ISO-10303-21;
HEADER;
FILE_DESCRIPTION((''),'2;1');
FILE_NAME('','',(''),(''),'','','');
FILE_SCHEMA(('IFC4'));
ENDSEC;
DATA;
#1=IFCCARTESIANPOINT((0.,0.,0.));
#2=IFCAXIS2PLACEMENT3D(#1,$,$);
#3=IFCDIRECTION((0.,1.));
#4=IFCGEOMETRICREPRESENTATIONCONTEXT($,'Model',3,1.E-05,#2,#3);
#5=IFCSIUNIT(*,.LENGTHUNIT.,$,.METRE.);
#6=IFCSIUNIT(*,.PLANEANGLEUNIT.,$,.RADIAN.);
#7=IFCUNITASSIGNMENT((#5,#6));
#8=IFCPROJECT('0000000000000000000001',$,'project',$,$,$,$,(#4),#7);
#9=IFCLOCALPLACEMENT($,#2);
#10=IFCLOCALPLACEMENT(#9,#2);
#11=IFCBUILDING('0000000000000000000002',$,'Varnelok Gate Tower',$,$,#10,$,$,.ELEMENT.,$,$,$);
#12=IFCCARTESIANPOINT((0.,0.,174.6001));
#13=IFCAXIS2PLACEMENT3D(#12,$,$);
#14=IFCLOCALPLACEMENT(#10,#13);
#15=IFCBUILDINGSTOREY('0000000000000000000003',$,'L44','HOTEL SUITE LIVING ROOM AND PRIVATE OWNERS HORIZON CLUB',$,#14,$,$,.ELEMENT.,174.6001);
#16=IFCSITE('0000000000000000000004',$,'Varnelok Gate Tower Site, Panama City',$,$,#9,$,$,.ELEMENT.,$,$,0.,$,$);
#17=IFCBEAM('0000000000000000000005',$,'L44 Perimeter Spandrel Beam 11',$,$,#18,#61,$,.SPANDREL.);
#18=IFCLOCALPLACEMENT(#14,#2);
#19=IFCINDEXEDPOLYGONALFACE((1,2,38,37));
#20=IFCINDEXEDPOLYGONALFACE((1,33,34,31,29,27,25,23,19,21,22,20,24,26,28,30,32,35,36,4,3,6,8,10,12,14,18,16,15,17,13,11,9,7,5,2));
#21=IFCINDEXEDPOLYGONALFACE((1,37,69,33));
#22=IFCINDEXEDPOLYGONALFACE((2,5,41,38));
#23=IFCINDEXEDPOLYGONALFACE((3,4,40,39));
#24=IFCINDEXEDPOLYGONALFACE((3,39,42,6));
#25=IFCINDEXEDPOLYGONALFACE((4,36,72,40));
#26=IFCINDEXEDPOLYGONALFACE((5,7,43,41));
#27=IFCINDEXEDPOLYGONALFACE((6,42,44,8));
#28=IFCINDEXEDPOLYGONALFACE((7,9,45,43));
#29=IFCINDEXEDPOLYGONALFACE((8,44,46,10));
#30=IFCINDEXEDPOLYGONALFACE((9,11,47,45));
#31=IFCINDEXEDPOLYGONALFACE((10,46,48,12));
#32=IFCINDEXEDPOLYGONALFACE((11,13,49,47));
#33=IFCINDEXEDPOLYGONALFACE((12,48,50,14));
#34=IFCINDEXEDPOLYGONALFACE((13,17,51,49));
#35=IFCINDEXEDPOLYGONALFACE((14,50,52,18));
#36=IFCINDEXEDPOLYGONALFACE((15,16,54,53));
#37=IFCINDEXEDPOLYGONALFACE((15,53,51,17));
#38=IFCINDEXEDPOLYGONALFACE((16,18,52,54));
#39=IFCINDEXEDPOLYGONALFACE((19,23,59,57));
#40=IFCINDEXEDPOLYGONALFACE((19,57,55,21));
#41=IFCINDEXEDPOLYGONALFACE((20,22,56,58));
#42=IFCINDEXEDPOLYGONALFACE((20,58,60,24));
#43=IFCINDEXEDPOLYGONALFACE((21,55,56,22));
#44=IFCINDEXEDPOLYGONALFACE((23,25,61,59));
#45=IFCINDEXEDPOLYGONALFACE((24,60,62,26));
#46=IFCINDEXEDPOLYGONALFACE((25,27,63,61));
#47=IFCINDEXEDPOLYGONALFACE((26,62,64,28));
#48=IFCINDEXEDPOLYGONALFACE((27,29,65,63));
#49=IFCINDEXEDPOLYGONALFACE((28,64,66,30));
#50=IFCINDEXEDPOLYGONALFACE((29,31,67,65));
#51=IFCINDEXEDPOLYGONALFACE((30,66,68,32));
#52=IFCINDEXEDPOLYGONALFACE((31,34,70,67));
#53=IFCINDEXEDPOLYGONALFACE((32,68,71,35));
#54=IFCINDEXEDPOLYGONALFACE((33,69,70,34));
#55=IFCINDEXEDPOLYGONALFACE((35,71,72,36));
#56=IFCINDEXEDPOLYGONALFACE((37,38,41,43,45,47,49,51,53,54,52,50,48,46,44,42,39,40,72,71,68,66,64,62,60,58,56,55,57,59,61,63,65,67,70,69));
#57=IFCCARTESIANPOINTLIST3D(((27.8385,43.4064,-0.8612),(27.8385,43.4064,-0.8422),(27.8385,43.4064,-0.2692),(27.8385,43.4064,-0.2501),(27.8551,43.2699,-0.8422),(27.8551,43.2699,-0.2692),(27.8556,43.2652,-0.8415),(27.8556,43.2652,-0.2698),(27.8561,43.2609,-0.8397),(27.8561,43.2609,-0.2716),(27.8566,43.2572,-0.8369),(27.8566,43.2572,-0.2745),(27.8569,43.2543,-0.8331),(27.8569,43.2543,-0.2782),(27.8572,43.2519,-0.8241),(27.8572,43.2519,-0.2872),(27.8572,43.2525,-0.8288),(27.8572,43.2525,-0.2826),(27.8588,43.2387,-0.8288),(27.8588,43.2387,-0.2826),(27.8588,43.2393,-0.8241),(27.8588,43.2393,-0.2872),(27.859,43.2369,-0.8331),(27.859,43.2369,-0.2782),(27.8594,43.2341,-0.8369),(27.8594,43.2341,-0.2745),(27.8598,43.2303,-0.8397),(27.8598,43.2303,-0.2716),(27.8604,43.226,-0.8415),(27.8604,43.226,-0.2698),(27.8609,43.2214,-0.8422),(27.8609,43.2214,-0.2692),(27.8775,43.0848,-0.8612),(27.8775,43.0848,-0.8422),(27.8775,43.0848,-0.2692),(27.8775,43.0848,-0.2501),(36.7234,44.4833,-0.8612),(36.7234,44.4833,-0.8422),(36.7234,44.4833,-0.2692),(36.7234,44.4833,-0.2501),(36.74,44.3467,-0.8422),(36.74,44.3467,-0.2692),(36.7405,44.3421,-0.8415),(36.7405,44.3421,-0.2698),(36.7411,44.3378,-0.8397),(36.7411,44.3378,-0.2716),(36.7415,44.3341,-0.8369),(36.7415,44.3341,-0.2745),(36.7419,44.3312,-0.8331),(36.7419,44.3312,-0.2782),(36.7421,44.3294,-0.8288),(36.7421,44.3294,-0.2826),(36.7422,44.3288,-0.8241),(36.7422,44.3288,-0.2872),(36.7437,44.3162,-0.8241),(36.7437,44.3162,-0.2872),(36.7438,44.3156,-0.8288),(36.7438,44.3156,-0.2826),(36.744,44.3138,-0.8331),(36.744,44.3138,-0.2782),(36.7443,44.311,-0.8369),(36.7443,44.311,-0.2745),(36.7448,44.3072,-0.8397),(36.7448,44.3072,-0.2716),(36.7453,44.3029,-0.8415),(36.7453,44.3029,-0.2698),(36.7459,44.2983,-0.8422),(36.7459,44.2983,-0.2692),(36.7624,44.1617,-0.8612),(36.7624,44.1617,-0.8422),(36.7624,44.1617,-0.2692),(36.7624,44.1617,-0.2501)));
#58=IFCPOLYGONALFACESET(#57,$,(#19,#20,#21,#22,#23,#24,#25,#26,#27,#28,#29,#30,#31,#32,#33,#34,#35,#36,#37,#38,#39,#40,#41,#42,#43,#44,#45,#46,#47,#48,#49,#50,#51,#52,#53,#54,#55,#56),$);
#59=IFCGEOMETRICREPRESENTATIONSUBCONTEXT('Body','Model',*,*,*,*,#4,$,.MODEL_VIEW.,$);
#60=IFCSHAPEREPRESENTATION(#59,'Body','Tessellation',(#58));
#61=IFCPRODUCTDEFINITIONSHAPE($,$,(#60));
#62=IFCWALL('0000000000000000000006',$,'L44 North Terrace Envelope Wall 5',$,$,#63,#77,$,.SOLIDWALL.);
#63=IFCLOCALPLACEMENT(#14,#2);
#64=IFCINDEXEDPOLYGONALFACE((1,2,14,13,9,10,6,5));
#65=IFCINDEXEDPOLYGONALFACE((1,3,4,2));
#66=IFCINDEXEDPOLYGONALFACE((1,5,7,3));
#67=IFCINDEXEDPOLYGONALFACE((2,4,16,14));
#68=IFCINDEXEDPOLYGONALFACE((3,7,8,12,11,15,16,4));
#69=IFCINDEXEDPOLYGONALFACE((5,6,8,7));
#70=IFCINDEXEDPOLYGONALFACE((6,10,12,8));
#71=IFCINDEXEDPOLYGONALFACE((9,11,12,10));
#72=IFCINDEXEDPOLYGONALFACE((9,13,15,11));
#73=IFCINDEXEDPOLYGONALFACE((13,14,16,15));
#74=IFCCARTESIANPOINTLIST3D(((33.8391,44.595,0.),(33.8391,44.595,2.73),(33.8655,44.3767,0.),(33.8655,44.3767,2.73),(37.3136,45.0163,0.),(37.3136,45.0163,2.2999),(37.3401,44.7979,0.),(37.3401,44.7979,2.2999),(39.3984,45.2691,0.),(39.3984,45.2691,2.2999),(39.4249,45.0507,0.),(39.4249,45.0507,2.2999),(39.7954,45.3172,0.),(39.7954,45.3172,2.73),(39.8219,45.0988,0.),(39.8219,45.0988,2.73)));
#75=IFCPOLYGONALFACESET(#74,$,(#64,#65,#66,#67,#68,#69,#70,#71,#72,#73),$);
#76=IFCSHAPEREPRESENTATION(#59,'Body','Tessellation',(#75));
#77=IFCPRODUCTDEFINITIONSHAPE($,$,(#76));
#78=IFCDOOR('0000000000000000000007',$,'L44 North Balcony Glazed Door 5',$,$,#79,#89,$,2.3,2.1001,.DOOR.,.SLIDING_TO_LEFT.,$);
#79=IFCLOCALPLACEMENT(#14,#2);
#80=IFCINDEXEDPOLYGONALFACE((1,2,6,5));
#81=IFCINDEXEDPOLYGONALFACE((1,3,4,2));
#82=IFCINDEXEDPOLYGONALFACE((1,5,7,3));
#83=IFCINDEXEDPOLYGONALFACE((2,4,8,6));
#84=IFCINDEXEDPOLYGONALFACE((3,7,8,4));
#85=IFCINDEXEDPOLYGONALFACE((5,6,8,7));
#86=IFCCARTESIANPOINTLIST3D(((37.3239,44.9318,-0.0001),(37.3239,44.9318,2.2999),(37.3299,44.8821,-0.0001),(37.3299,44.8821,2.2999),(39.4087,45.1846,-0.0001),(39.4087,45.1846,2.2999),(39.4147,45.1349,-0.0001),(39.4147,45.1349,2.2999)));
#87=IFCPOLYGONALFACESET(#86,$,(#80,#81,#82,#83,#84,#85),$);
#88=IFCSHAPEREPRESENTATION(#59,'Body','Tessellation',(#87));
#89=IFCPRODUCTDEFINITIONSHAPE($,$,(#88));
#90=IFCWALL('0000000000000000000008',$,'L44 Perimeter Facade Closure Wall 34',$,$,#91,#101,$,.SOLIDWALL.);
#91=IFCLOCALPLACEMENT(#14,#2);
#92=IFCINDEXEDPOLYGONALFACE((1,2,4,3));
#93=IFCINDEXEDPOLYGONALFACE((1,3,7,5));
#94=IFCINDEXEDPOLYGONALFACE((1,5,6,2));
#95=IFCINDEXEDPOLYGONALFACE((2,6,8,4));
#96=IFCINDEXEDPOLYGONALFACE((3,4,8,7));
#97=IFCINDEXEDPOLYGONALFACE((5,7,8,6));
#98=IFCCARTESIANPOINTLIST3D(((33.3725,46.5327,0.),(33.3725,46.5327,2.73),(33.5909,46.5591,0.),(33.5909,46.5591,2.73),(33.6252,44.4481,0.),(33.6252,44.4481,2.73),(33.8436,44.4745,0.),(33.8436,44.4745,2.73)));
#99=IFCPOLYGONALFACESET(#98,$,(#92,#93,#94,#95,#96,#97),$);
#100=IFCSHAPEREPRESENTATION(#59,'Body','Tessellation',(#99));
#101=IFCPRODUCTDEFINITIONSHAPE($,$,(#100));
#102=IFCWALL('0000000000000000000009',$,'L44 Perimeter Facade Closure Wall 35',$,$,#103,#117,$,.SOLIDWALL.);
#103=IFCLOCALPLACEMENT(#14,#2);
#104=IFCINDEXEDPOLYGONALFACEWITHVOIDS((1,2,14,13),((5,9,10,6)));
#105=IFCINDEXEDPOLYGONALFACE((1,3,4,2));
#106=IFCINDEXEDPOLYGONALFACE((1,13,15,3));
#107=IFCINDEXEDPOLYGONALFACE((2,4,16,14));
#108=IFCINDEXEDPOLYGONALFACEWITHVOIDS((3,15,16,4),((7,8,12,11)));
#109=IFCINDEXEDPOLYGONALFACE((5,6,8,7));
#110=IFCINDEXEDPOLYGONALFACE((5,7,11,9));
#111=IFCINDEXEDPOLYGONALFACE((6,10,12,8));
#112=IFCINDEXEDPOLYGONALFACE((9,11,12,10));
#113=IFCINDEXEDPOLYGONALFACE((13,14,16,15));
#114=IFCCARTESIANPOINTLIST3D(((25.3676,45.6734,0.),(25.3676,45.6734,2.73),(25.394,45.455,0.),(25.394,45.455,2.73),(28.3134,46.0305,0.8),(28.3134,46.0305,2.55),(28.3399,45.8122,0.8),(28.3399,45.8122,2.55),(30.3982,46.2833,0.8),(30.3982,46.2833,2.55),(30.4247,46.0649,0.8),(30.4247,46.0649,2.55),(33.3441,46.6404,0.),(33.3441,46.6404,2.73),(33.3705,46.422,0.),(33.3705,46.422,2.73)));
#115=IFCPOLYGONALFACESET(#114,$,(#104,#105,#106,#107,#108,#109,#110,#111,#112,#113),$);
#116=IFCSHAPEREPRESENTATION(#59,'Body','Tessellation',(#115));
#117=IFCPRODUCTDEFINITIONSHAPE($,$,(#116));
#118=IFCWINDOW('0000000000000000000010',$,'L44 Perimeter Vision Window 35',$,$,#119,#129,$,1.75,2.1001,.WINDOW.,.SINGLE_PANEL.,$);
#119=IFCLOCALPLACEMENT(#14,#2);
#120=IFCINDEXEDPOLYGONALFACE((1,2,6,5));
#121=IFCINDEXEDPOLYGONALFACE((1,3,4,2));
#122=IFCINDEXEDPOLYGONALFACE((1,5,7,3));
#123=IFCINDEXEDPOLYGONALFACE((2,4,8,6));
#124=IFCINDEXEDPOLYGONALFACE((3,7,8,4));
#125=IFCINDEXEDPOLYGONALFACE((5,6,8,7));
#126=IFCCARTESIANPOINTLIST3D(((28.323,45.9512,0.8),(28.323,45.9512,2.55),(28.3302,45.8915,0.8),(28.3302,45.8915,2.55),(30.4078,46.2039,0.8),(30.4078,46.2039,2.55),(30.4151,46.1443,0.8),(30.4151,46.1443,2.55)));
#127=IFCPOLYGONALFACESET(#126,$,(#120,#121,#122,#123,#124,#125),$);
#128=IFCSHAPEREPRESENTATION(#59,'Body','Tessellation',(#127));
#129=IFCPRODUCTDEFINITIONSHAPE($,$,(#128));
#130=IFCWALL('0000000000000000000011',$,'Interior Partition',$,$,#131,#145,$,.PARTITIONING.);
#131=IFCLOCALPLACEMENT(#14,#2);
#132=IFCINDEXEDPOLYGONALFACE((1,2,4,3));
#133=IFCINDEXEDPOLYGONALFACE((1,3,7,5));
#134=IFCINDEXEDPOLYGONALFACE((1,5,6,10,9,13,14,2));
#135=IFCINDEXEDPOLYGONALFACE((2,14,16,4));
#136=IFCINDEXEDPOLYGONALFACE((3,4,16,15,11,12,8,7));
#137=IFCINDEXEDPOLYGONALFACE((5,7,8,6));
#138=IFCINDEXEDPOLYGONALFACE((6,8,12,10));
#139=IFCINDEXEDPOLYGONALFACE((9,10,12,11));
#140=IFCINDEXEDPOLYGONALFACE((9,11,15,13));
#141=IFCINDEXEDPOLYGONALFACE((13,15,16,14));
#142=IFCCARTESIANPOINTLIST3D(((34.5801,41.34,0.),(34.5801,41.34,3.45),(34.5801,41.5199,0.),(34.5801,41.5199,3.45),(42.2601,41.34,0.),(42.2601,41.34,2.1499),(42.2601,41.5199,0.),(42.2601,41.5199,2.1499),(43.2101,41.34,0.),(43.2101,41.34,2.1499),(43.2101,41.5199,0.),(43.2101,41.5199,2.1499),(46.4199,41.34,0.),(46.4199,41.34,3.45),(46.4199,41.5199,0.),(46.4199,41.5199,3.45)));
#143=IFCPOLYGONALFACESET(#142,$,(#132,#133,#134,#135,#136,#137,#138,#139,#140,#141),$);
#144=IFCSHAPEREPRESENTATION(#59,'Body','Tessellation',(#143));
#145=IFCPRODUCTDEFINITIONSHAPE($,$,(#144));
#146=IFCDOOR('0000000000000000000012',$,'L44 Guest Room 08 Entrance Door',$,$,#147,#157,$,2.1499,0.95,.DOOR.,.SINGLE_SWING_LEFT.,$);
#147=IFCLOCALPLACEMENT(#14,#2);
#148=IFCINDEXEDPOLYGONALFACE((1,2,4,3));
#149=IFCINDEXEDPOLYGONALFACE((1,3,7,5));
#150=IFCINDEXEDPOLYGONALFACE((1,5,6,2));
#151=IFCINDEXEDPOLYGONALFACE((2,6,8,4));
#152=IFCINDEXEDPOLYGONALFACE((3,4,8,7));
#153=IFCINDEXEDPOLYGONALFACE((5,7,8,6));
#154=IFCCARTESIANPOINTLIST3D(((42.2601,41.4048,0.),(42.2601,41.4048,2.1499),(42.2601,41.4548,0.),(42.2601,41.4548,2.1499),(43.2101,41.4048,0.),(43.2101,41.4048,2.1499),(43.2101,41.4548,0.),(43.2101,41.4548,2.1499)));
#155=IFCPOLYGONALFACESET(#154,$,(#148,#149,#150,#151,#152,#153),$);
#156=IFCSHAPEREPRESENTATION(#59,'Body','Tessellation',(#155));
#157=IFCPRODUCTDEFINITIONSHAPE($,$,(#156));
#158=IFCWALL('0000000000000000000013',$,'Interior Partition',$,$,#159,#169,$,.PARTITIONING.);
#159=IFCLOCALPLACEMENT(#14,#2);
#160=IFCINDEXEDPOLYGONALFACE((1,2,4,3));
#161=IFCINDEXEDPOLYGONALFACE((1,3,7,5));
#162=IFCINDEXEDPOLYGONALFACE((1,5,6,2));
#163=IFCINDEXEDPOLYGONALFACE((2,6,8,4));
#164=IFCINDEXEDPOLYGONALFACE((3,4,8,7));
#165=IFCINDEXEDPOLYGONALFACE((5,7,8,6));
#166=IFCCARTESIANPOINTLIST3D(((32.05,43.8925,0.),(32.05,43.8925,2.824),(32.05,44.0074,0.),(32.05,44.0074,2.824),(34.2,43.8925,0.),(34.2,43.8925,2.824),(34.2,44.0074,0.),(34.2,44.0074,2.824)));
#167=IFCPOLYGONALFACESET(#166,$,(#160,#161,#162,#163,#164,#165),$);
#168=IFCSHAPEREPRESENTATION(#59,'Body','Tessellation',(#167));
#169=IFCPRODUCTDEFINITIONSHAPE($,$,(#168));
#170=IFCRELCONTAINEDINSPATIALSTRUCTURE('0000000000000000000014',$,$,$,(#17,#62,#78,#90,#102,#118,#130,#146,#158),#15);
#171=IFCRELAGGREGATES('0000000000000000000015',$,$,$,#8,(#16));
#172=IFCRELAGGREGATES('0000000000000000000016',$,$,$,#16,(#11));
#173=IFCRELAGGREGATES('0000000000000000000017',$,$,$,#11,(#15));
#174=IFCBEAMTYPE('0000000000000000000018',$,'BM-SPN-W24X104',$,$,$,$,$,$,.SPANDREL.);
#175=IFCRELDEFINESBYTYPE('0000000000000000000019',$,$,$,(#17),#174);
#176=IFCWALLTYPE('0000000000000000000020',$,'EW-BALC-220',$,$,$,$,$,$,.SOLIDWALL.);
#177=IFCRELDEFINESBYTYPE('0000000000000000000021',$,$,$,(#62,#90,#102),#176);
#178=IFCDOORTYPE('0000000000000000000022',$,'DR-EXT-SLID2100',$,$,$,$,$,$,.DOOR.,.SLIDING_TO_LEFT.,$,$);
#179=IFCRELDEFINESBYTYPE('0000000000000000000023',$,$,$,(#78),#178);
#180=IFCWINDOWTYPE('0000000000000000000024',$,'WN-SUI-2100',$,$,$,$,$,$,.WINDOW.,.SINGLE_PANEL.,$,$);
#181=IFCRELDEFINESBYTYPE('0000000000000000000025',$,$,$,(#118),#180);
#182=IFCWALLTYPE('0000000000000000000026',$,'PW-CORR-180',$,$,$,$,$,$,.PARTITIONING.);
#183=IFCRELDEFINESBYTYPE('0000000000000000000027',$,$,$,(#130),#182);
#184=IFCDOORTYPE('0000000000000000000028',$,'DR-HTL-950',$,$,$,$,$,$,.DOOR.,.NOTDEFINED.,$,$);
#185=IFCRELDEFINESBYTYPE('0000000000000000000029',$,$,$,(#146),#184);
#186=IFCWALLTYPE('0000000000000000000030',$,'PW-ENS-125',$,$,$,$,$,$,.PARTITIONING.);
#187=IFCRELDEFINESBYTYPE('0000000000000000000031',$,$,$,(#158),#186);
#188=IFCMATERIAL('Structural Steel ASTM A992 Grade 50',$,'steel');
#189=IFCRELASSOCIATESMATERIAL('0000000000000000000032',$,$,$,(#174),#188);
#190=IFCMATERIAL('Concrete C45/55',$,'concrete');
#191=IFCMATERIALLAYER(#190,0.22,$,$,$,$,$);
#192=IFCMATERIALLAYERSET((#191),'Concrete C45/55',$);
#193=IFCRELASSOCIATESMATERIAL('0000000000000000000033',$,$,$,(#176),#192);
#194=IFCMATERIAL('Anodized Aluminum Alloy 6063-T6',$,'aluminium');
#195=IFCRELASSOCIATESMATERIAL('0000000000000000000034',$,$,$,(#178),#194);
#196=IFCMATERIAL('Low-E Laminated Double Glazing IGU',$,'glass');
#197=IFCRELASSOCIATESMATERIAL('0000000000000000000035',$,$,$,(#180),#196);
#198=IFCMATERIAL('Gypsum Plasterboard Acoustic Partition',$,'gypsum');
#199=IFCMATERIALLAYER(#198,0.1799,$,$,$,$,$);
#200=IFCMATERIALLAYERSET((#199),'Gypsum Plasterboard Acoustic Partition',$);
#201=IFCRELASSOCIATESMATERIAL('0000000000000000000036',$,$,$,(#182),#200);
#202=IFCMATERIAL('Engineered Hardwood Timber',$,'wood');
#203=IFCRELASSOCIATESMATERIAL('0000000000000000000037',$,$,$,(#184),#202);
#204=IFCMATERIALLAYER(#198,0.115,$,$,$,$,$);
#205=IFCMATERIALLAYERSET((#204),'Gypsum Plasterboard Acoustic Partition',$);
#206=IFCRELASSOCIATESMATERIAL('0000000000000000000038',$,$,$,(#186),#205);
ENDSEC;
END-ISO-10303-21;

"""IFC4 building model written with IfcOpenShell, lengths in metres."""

from ifc_helpers import new_model, si_unit, direction, frame, frame_2d, origin, origin_2d, place, context, subcontext, project, spatial, rectangle, i_section, extrude, material, layer, layer_set, material_profile, profile_set, type_object, element, fill, save


model = new_model("IFC4")

# Units and contexts
model_context = context("Model", 3, precision=1e-05, world=origin(), true_north=direction((0.0, 1.0)))
body_context = subcontext(model_context, "Body", "Model", "MODEL_VIEW")
ifc_project = project(units=[si_unit("LENGTHUNIT", "METRE"), si_unit("PLANEANGLEUNIT", "RADIAN")], contexts=[model_context])

# Site, building, storey
site_placement = place(None, origin())
site = spatial("IfcSite", under=ifc_project, at=site_placement, Name="Varnelok Gate Tower Site, Panama City", CompositionType="ELEMENT", RefElevation=0.0)
building_placement = place(site_placement, origin())
building = spatial("IfcBuilding", under=site, at=building_placement, Name="Varnelok Gate Tower", CompositionType="ELEMENT")
storey_placement = place(building_placement, frame((0.0, 0.0, 174.6001)))
storey = spatial("IfcBuildingStorey", under=building, at=storey_placement, Name="L44", Description="HOTEL SUITE LIVING ROOM AND PRIVATE OWNERS HORIZON CLUB", CompositionType="ELEMENT", Elevation=174.6001)

# Shared definitions
ifc_material_1 = material(Name="Structural Steel ASTM A992 Grade 50", Category="steel")

# Beam
ifc_material_profile_1 = material_profile(ifc_material_1, i_section(OverallWidth=0.324, OverallDepth=0.6111, WebThickness=0.0127, FlangeThickness=0.019, FilletRadius=0.0181, at=origin_2d()), Name="W24X104")
ifc_profile_set_1 = profile_set([ifc_material_profile_1], Name="Structural Steel ASTM A992 Grade 50")
beam_type_1 = type_object("IfcBeamType", Name="BM-SPN-W24X104", PredefinedType="SPANDREL", material=ifc_profile_set_1)
beam_1_placement = place(storey_placement, frame((36.7429, 44.3225, -0.5557), z_axis=(-0.992735, -0.120324, 0.0), x_axis=(0.120324, -0.992735, 0.0)))
element("IfcBeam", 1, at=beam_1_placement, inside=storey, type_object=beam_type_1, Name="L44 Perimeter Spandrel Beam 11", PredefinedType="SPANDREL", context=body_context, shape_type="SweptSolid", body=[
    extrude(i_section(OverallWidth=0.324, OverallDepth=0.6111, WebThickness=0.0127, FlangeThickness=0.019, FilletRadius=0.0181, at=origin_2d()), origin(), (0.0, 0.0, 1.0), 8.95),
])

# Wall, opening, door
ifc_material_2 = material(Name="Concrete C45/55", Category="concrete")
ifc_layer_1 = layer(ifc_material_2, 0.22)
ifc_layer_set_1 = layer_set([ifc_layer_1], Name="Concrete C45/55")
wall_type_1 = type_object("IfcWallType", Name="EW-BALC-220", PredefinedType="SOLIDWALL", material=ifc_layer_set_1)
wall_1_placement = place(storey_placement, frame((33.8523, 44.4858, 0.0), z_axis=(0.0, 0.0, 1.0), x_axis=(0.99273, 0.120363, 0.0)))
wall_1 = element("IfcWall", 2, at=wall_1_placement, inside=storey, type_object=wall_type_1, Name="L44 North Terrace Envelope Wall 5", PredefinedType="SOLIDWALL", context=body_context, shape_type="SweptSolid", body=[
    extrude(rectangle(XDim=6.0, YDim=0.22, at=frame_2d((3.0, 0.0))), origin(), (0.0, 0.0, 1.0), 2.73),
])
opening_1_placement = place(wall_1_placement, frame((3.5, 0.0, 0.0)))
opening_1 = element("IfcOpeningElement", 3, at=opening_1_placement, cuts=wall_1, PredefinedType="OPENING", context=body_context, shape_type="SweptSolid", body=[
    extrude(rectangle(XDim=2.1001, YDim=2.3, at=frame_2d((1.05, 1.1499))), frame((0.0, 0.1199, 0.0), z_axis=(0.0, -1.0, 0.0), x_axis=(1.0, 0.0, 0.0)), (0.0, 0.0, 1.0), 0.24),
])
ifc_material_3 = material(Name="Anodized Aluminum Alloy 6063-T6", Category="aluminium")
door_type_1 = type_object("IfcDoorType", Name="DR-EXT-SLID2100", OperationType="SLIDING_TO_LEFT", PredefinedType="DOOR", material=ifc_material_3)
door_1_placement = place(opening_1_placement, origin())
door_1 = element("IfcDoor", 4, at=door_1_placement, inside=storey, type_object=door_type_1, Name="L44 North Balcony Glazed Door 5", OperationType="SLIDING_TO_LEFT", OverallHeight=2.3, OverallWidth=2.1001, PredefinedType="DOOR", context=body_context, shape_type="SweptSolid", body=[
    extrude(rectangle(XDim=2.1001, YDim=2.3, at=frame_2d((1.05, 1.1499))), frame((0.0, 0.0249, 0.0), z_axis=(0.0, -1.0, 0.0), x_axis=(1.0, 0.0, 0.0)), (0.0, 0.0, 1.0), 0.05),
])
fill(opening_1, door_1)

# Wall
wall_2_placement = place(storey_placement, frame((33.7344, 44.4614, 0.0), z_axis=(0.0, 0.0, 1.0), x_axis=(-0.120328, 0.992734, 0.0)))
element("IfcWall", 5, at=wall_2_placement, inside=storey, type_object=wall_type_1, Name="L44 Perimeter Facade Closure Wall 34", PredefinedType="SOLIDWALL", context=body_context, shape_type="SweptSolid", body=[
    extrude(rectangle(XDim=2.0999, YDim=0.22, at=frame_2d((1.0498, 0.0))), origin(), (0.0, 0.0, 1.0), 2.73),
])

# Wall, opening, window
wall_3_placement = place(storey_placement, frame((33.3574, 46.5312, 0.0), z_axis=(0.0, 0.0, 1.0), x_axis=(-0.992731, -0.120354, 0.0)))
wall_3 = element("IfcWall", 6, at=wall_3_placement, inside=storey, type_object=wall_type_1, Name="L44 Perimeter Facade Closure Wall 35", PredefinedType="SOLIDWALL", context=body_context, shape_type="SweptSolid", body=[
    extrude(rectangle(XDim=8.0349, YDim=0.22, at=frame_2d((4.0176, 0.0))), origin(), (0.0, 0.0, 1.0), 2.73),
])
opening_2_placement = place(wall_3_placement, frame((2.9675, 0.0, 0.8)))
opening_2 = element("IfcOpeningElement", 7, at=opening_2_placement, cuts=wall_3, PredefinedType="OPENING", context=body_context, shape_type="SweptSolid", body=[
    extrude(rectangle(XDim=2.1001, YDim=1.75, at=frame_2d((1.05, 0.875))), frame((0.0, 0.1199, 0.0), z_axis=(0.0, -1.0, 0.0), x_axis=(1.0, 0.0, 0.0)), (0.0, 0.0, 1.0), 0.24),
])
ifc_material_4 = material(Name="Low-E Laminated Double Glazing IGU", Category="glass")
window_type = type_object("IfcWindowType", Name="WN-SUI-2100", PartitioningType="SINGLE_PANEL", PredefinedType="WINDOW", material=ifc_material_4)
window_placement = place(opening_2_placement, origin())
window = element("IfcWindow", 8, at=window_placement, inside=storey, type_object=window_type, Name="L44 Perimeter Vision Window 35", OverallHeight=1.75, OverallWidth=2.1001, PartitioningType="SINGLE_PANEL", PredefinedType="WINDOW", context=body_context, shape_type="SweptSolid", body=[
    extrude(rectangle(XDim=2.1001, YDim=1.75, at=frame_2d((1.05, 0.875))), frame((0.0, 0.03, 0.0), z_axis=(0.0, -1.0, 0.0), x_axis=(1.0, 0.0, 0.0)), (0.0, 0.0, 1.0), 0.0601),
])
fill(opening_2, window)

# Wall, opening, door
ifc_material_5 = material(Name="Gypsum Plasterboard Acoustic Partition", Category="gypsum")
ifc_layer_2 = layer(ifc_material_5, 0.1799)
ifc_layer_set_2 = layer_set([ifc_layer_2], Name="Gypsum Plasterboard Acoustic Partition")
wall_type_2 = type_object("IfcWallType", Name="PW-CORR-180", PredefinedType="PARTITIONING", material=ifc_layer_set_2)
wall_4_placement = place(storey_placement, frame((34.5801, 41.4299, 0.0), z_axis=(0.0, 0.0, 1.0), x_axis=(1.0, 0.0, 0.0)))
wall_4 = element("IfcWall", 9, at=wall_4_placement, inside=storey, type_object=wall_type_2, Name="Interior Partition", PredefinedType="PARTITIONING", context=body_context, shape_type="SweptSolid", body=[
    extrude(rectangle(XDim=11.8398, YDim=0.1799, at=frame_2d((5.9199, 0.0))), origin(), (0.0, 0.0, 1.0), 3.45),
])
opening_3_placement = place(wall_4_placement, frame((7.6799, 0.0, 0.0)))
opening_3 = element("IfcOpeningElement", 10, at=opening_3_placement, cuts=wall_4, PredefinedType="OPENING", context=body_context, shape_type="SweptSolid", body=[
    extrude(rectangle(XDim=0.95, YDim=2.1499, at=frame_2d((0.4751, 1.075))), frame((0.0, 0.0999, 0.0), z_axis=(0.0, -1.0, 0.0), x_axis=(1.0, 0.0, 0.0)), (0.0, 0.0, 1.0), 0.2),
])
ifc_material_6 = material(Name="Engineered Hardwood Timber", Category="wood")
door_type_2 = type_object("IfcDoorType", Name="DR-HTL-950", OperationType="NOTDEFINED", PredefinedType="DOOR", material=ifc_material_6)
door_2_placement = place(opening_3_placement, origin())
door_2 = element("IfcDoor", 11, at=door_2_placement, inside=storey, type_object=door_type_2, Name="L44 Guest Room 08 Entrance Door", OperationType="SINGLE_SWING_LEFT", OverallHeight=2.1499, OverallWidth=0.95, PredefinedType="DOOR", context=body_context, shape_type="SweptSolid", body=[
    extrude(rectangle(XDim=0.95, YDim=2.1499, at=frame_2d((0.4751, 1.075))), frame((0.0, 0.0249, 0.0), z_axis=(0.0, -1.0, 0.0), x_axis=(1.0, 0.0, 0.0)), (0.0, 0.0, 1.0), 0.05),
])
fill(opening_3, door_2)

# Wall
ifc_layer_3 = layer(ifc_material_5, 0.115)
ifc_layer_set_3 = layer_set([ifc_layer_3], Name="Gypsum Plasterboard Acoustic Partition")
wall_type_3 = type_object("IfcWallType", Name="PW-ENS-125", PredefinedType="PARTITIONING", material=ifc_layer_set_3)
wall_5_placement = place(storey_placement, frame((32.05, 43.95, 0.0), z_axis=(0.0, 0.0, 1.0), x_axis=(1.0, 0.0, 0.0)))
element("IfcWall", 12, at=wall_5_placement, inside=storey, type_object=wall_type_3, Name="Interior Partition", PredefinedType="PARTITIONING", context=body_context, shape_type="SweptSolid", body=[
    extrude(rectangle(XDim=2.1499, YDim=0.115, at=frame_2d((1.075, 0.0))), origin(), (0.0, 0.0, 1.0), 2.824),
])

save(model, "model.ifc")
